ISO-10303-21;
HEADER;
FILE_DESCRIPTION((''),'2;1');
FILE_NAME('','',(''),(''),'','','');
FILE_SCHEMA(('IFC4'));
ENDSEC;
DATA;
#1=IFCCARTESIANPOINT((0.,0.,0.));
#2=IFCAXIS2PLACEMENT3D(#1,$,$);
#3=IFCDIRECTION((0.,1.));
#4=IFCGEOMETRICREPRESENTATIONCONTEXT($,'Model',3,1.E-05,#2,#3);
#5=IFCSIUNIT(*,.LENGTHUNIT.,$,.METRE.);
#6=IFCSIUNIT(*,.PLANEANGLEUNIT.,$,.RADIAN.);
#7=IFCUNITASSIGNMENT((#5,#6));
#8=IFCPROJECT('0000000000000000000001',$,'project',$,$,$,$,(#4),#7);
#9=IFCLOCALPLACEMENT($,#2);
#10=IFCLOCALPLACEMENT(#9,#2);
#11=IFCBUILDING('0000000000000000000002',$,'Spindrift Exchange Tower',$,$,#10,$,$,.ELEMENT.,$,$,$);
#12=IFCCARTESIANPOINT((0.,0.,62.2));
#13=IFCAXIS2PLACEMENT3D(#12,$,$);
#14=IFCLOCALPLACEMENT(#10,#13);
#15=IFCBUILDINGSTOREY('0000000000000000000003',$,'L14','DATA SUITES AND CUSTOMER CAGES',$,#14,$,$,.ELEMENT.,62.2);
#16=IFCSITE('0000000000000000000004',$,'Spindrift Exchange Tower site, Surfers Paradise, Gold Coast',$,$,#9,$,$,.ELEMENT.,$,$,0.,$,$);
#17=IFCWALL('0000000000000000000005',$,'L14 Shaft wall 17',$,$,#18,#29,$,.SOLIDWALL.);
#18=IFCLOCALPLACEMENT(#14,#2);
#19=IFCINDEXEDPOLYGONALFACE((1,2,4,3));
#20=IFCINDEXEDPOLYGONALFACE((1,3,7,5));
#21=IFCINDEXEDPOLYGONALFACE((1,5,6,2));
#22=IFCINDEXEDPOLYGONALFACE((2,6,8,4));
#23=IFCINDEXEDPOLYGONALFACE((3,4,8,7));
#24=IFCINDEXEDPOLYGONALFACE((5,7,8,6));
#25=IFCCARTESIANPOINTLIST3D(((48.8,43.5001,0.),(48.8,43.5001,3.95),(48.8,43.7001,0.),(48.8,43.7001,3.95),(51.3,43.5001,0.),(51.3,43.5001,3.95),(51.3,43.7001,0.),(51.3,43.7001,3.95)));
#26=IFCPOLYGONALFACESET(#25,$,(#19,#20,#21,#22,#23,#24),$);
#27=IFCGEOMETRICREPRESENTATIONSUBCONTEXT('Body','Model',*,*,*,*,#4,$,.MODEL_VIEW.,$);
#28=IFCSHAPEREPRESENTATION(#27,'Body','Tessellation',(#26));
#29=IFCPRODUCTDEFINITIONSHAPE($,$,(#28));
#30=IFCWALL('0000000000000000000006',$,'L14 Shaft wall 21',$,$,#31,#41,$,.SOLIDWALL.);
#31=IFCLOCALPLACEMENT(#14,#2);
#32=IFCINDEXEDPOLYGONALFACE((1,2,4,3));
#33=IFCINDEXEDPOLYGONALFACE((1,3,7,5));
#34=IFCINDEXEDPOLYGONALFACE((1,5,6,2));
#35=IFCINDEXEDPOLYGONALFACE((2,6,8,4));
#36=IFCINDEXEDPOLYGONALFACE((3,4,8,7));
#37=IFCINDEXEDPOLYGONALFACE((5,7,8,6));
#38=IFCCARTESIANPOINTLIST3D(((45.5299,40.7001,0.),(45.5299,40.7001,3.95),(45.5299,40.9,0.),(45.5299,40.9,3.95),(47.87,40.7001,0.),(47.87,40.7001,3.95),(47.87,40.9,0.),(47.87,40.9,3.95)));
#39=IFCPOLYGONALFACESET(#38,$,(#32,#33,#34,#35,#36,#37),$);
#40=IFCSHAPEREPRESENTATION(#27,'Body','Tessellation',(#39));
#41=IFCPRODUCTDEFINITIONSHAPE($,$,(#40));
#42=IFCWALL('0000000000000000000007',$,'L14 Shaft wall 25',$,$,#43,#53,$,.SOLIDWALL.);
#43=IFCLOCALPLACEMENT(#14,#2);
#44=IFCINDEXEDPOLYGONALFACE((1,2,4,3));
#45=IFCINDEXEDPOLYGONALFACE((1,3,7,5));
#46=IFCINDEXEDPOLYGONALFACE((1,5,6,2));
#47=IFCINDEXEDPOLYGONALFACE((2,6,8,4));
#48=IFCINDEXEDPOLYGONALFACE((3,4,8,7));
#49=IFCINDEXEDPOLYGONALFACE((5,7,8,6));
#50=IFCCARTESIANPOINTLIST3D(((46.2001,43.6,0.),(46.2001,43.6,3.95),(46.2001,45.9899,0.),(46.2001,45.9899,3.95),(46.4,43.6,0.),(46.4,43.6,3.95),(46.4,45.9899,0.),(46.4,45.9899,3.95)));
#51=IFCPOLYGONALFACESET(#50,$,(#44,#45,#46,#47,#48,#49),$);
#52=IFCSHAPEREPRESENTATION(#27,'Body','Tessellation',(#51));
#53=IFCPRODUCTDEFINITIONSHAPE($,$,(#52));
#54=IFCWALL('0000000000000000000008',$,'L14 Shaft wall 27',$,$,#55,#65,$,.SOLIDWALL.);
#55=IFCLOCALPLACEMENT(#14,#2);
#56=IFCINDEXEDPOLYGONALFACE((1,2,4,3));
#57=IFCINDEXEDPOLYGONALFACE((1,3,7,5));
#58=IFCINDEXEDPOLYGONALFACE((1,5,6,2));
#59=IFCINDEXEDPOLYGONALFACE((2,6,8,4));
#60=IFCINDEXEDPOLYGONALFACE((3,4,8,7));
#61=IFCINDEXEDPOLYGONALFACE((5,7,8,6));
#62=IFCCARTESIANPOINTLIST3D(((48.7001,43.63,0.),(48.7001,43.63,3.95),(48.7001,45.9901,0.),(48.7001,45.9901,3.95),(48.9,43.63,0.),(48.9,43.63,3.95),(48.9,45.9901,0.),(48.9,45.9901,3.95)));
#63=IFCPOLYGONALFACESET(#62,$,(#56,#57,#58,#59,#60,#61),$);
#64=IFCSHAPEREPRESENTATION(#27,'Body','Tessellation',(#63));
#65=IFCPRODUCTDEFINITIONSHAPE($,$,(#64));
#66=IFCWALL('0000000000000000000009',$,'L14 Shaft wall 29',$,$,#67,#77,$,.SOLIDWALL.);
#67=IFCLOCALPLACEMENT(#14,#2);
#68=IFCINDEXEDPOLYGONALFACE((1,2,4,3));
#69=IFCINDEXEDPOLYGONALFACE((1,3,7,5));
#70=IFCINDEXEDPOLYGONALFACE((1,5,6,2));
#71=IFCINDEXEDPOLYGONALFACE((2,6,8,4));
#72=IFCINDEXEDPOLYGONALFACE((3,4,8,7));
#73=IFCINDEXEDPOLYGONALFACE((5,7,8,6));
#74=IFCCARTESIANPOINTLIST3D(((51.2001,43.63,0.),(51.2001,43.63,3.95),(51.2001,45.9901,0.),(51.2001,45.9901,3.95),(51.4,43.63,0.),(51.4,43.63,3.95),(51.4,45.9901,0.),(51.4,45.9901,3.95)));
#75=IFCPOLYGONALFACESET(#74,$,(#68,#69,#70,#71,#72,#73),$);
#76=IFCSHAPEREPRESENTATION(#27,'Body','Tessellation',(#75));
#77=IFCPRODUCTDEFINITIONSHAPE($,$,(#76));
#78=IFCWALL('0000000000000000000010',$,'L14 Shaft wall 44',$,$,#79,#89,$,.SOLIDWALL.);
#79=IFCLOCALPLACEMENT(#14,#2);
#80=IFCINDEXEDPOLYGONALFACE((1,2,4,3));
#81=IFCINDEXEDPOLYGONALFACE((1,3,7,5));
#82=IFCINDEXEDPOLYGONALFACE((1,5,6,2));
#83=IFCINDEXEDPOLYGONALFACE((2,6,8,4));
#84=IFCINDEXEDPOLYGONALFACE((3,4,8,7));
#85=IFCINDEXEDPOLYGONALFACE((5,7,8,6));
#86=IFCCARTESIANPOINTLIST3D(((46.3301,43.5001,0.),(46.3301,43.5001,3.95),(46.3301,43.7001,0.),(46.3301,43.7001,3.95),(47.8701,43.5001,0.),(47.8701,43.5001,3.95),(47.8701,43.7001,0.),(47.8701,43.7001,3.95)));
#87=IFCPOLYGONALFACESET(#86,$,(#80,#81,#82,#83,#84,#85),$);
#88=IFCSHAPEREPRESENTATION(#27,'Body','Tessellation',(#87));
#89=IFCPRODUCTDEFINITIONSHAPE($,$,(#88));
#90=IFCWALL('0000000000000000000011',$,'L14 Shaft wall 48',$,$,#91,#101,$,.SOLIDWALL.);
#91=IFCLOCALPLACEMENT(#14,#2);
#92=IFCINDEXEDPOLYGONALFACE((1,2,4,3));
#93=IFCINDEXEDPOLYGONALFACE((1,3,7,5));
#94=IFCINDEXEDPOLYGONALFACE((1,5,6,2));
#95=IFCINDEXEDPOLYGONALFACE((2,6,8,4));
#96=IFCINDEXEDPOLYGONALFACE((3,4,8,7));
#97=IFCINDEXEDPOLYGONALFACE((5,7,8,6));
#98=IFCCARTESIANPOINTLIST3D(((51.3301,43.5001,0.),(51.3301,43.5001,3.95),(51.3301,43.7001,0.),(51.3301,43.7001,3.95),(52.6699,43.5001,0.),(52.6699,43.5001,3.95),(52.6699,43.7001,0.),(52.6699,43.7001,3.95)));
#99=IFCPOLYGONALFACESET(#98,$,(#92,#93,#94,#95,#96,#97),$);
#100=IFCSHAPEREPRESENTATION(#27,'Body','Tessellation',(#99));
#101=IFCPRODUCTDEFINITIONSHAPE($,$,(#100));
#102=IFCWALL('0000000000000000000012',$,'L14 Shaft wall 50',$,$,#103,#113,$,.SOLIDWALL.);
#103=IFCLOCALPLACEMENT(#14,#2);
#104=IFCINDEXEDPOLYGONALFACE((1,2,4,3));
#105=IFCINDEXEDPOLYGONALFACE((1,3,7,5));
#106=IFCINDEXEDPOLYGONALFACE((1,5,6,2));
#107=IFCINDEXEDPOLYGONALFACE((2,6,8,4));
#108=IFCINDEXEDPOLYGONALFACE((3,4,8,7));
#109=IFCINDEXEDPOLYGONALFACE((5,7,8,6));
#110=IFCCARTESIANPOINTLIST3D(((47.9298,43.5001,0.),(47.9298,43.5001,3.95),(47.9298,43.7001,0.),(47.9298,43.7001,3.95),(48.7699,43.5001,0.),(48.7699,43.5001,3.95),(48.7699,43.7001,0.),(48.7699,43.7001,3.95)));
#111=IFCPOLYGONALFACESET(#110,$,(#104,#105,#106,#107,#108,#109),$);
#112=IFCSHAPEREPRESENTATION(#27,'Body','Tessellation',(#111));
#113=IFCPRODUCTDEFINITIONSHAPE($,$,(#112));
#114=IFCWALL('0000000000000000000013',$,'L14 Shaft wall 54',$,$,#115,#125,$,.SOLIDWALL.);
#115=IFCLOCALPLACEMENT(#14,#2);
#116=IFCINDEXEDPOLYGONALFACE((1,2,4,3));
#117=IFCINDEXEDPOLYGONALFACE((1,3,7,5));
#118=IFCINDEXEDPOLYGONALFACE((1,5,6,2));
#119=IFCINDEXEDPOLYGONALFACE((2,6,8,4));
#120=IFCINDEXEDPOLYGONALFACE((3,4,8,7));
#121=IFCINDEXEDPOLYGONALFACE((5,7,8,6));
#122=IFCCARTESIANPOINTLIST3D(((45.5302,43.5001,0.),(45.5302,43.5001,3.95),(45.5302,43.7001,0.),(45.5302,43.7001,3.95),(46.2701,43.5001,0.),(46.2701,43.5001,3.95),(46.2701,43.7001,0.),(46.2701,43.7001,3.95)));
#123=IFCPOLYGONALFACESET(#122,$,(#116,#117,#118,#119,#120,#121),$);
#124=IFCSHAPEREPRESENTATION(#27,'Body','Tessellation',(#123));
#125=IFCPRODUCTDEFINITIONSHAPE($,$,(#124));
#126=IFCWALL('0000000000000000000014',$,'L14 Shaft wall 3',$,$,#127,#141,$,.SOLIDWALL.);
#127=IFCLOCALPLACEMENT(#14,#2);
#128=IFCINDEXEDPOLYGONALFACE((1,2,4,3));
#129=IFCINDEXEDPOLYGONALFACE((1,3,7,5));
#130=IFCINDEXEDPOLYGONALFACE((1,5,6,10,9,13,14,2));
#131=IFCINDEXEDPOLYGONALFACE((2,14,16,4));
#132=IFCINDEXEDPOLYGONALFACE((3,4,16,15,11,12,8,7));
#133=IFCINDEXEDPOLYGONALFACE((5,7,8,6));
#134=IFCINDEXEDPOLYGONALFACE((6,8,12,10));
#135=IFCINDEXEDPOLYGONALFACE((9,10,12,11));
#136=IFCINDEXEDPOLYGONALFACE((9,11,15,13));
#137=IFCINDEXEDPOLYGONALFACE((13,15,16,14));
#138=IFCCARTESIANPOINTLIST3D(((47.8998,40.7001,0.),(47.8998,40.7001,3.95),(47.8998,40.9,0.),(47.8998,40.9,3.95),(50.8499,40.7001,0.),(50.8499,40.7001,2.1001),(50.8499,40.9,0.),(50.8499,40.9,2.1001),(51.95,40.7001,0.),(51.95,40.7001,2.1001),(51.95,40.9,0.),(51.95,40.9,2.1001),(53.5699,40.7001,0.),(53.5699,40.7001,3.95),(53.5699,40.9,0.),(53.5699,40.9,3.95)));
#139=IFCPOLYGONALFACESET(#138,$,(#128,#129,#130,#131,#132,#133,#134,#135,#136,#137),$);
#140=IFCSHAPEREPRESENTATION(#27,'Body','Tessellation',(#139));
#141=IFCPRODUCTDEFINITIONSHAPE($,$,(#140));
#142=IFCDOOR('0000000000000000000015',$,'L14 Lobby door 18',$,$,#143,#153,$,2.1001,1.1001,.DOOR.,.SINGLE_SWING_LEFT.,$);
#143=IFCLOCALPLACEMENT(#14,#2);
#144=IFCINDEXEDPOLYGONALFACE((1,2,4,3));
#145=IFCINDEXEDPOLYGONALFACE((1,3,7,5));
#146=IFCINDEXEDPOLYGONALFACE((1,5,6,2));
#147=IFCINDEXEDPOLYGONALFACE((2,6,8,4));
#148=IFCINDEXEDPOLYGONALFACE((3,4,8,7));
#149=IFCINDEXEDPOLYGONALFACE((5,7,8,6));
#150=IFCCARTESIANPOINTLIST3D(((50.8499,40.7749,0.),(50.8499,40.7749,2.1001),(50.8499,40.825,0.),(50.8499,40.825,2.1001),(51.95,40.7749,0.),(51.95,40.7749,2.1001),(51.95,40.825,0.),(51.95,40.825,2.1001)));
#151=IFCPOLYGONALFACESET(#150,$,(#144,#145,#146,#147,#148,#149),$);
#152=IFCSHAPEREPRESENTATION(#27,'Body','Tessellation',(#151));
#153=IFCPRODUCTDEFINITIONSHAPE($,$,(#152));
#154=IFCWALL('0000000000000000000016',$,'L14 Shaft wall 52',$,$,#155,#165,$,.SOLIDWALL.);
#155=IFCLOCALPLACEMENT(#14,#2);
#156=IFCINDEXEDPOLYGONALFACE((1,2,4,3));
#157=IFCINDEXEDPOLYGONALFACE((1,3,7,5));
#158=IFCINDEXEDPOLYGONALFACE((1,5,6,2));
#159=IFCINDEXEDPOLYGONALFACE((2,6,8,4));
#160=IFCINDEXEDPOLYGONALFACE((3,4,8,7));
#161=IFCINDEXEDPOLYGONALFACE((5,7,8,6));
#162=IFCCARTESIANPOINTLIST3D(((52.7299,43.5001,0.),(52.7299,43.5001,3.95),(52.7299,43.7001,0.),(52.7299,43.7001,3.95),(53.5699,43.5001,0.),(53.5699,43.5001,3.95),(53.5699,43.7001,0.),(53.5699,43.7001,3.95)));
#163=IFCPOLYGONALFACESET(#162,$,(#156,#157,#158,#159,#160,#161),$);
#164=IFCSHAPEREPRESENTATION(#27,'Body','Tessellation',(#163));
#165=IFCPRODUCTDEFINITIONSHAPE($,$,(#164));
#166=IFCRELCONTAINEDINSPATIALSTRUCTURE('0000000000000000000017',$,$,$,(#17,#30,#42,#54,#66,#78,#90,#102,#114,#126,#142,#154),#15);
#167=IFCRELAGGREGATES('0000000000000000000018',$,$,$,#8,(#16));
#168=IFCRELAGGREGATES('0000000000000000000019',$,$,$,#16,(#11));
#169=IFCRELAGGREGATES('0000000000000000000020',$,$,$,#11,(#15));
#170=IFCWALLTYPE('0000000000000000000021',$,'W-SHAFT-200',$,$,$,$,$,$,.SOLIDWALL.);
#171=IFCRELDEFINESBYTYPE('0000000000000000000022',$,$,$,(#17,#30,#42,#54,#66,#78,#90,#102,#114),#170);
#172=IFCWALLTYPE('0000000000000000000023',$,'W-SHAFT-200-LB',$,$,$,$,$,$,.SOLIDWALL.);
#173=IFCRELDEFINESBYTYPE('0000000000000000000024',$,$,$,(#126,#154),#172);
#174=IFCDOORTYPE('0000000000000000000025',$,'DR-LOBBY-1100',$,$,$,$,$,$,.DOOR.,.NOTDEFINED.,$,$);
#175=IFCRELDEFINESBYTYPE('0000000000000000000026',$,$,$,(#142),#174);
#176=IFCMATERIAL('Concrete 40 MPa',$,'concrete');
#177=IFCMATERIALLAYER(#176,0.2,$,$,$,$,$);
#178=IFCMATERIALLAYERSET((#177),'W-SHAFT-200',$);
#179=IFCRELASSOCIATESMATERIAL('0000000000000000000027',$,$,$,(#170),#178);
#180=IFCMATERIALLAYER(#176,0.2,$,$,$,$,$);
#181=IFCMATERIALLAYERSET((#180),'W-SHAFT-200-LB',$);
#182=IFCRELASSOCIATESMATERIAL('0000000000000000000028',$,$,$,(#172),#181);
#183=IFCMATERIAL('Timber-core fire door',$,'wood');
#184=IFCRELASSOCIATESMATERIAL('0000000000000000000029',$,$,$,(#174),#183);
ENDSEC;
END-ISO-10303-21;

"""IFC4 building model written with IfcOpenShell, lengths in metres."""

from ifc_helpers import new_model, si_unit, direction, frame, frame_2d, origin, place, context, subcontext, project, spatial, rectangle, extrude, source, transform, mapped, material, layer, layer_set, type_object, element, fill, save


model = new_model("IFC4")

# Units and contexts
model_context = context("Model", 3, precision=1e-05, world=origin(), true_north=direction((0.0, 1.0)))
body_context = subcontext(model_context, "Body", "Model", "MODEL_VIEW")
ifc_project = project(units=[si_unit("LENGTHUNIT", "METRE"), si_unit("PLANEANGLEUNIT", "RADIAN")], contexts=[model_context])

# Site, building, storey
site_placement = place(None, origin())
site = spatial("IfcSite", under=ifc_project, at=site_placement, Name="Spindrift Exchange Tower site, Surfers Paradise, Gold Coast", CompositionType="ELEMENT", RefElevation=0.0)
building_placement = place(site_placement, origin())
building = spatial("IfcBuilding", under=site, at=building_placement, Name="Spindrift Exchange Tower", CompositionType="ELEMENT")
storey_placement = place(building_placement, frame((0.0, 0.0, 62.2)))
storey = spatial("IfcBuildingStorey", under=building, at=storey_placement, Name="L14", Description="DATA SUITES AND CUSTOMER CAGES", CompositionType="ELEMENT", Elevation=62.2)

# Shared definitions
ifc_material_1 = material(Name="Concrete 40 MPa", Category="concrete")
ifc_layer_1 = layer(ifc_material_1, 0.2)
ifc_layer_set_1 = layer_set([ifc_layer_1], Name="W-SHAFT-200")
wall_type_1 = type_object("IfcWallType", Name="W-SHAFT-200", PredefinedType="SOLIDWALL", material=ifc_layer_set_1)

# Walls
wall_1_placement = place(storey_placement, frame((48.8, 43.6001, 0.0), z_axis=(0.0, 0.0, 1.0), x_axis=(1.0, 0.0, 0.0)))
element("IfcWall", 1, at=wall_1_placement, inside=storey, type_object=wall_type_1, Name="L14 Shaft wall 17", PredefinedType="SOLIDWALL", context=body_context, shape_type="SweptSolid", body=[
    extrude(rectangle(XDim=2.5, YDim=0.2, at=frame_2d((1.25, 0.0))), origin(), (0.0, 0.0, 1.0), 3.95),
])
wall_2_placement = place(storey_placement, frame((45.53, 40.8, 0.0), z_axis=(0.0, 0.0, 1.0), x_axis=(1.0, 0.0, 0.0)))
element("IfcWall", 2, at=wall_2_placement, inside=storey, type_object=wall_type_1, Name="L14 Shaft wall 21", PredefinedType="SOLIDWALL", context=body_context, shape_type="SweptSolid", body=[
    extrude(rectangle(XDim=2.3401, YDim=0.2, at=frame_2d((1.1699, 0.0))), origin(), (0.0, 0.0, 1.0), 3.95),
])
wall_3_placement = place(storey_placement, frame((46.3, 43.6001, 0.0), z_axis=(0.0, 0.0, 1.0), x_axis=(0.0, 1.0, 0.0)))
element("IfcWall", 3, at=wall_3_placement, inside=storey, type_object=wall_type_1, Name="L14 Shaft wall 25", PredefinedType="SOLIDWALL", context=body_context, shape_type="SweptSolid", body=[
    extrude(rectangle(XDim=2.3899, YDim=0.2, at=frame_2d((1.1948, 0.0))), origin(), (0.0, 0.0, 1.0), 3.95),
])
for number, where, z_axis, x_axis, name in (
    (4, (48.8, 43.6299, 0.0), (0.0, 0.0, 1.0), (0.0, 1.0, 0.0), "L14 Shaft wall 27"),
    (5, (51.3, 43.6299, 0.0), (0.0, 0.0, 1.0), (0.0, 1.0, 0.0), "L14 Shaft wall 29"),
):
    element("IfcWall", number, at=place(storey_placement, frame(where, z_axis=z_axis, x_axis=x_axis)), inside=storey, type_object=wall_type_1, Name=name, PredefinedType="SOLIDWALL", context=body_context, shape_type="SweptSolid", body=[
        extrude(rectangle(XDim=2.3601, YDim=0.2, at=frame_2d((1.1802, 0.0))), origin(), (0.0, 0.0, 1.0), 3.95),
    ])
wall_4_placement = place(storey_placement, frame((46.3301, 43.6001, 0.0), z_axis=(0.0, 0.0, 1.0), x_axis=(1.0, 0.0, 0.0)))
element("IfcWall", 6, at=wall_4_placement, inside=storey, type_object=wall_type_1, Name="L14 Shaft wall 44", PredefinedType="SOLIDWALL", context=body_context, shape_type="SweptSolid", body=[
    extrude(rectangle(XDim=1.54, YDim=0.2, at=frame_2d((0.77, 0.0))), origin(), (0.0, 0.0, 1.0), 3.95),
])
wall_5_placement = place(storey_placement, frame((52.6699, 43.6001, 0.0), z_axis=(0.0, 0.0, 1.0), x_axis=(-1.0, 0.0, 0.0)))
element("IfcWall", 7, at=wall_5_placement, inside=storey, type_object=wall_type_1, Name="L14 Shaft wall 48", PredefinedType="SOLIDWALL", context=body_context, shape_type="SweptSolid", body=[
    extrude(rectangle(XDim=1.3398, YDim=0.2, at=frame_2d((0.6699, 0.0))), origin(), (0.0, 0.0, 1.0), 3.95),
])
wall_6_placement = place(storey_placement, frame((47.9299, 43.6001, 0.0), z_axis=(0.0, 0.0, 1.0), x_axis=(1.0, 0.0, 0.0)))
element("IfcWall", 8, at=wall_6_placement, inside=storey, type_object=wall_type_1, Name="L14 Shaft wall 50", PredefinedType="SOLIDWALL", context=body_context, shape_type="SweptSolid", body=[
    extrude(rectangle(XDim=0.8401, YDim=0.2, at=frame_2d((0.4199, 0.0))), origin(), (0.0, 0.0, 1.0), 3.95),
])
wall_7_placement = place(storey_placement, frame((45.53, 43.6001, 0.0), z_axis=(0.0, 0.0, 1.0), x_axis=(1.0, 0.0, 0.0)))
element("IfcWall", 9, at=wall_7_placement, inside=storey, type_object=wall_type_1, Name="L14 Shaft wall 54", PredefinedType="SOLIDWALL", context=body_context, shape_type="SweptSolid", body=[
    extrude(rectangle(XDim=0.74, YDim=0.2, at=frame_2d((0.3701, 0.0))), origin(), (0.0, 0.0, 1.0), 3.95),
])

# Wall, opening, door
ifc_layer_2 = layer(ifc_material_1, 0.2)
ifc_layer_set_2 = layer_set([ifc_layer_2], Name="W-SHAFT-200-LB")
wall_type_2 = type_object("IfcWallType", Name="W-SHAFT-200-LB", PredefinedType="SOLIDWALL", material=ifc_layer_set_2)
wall_8_placement = place(storey_placement, frame((47.8999, 40.8, 0.0), z_axis=(0.0, 0.0, 1.0), x_axis=(1.0, 0.0, 0.0)))
wall_8 = element("IfcWall", 10, at=wall_8_placement, inside=storey, type_object=wall_type_2, Name="L14 Shaft wall 3", PredefinedType="SOLIDWALL", context=body_context, shape_type="SweptSolid", body=[
    extrude(rectangle(XDim=5.6702, YDim=0.2, at=frame_2d((2.835, 0.0))), origin(), (0.0, 0.0, 1.0), 3.95),
])
opening_1_placement = place(wall_8_placement, frame((2.95, 0.0, 0.0)))
opening_1 = element("IfcOpeningElement", 11, at=opening_1_placement, cuts=wall_8, PredefinedType="OPENING", context=body_context, shape_type="SweptSolid", body=[
    extrude(rectangle(XDim=1.1001, YDim=2.1001, at=frame_2d((0.55, 1.05))), frame((0.0, 0.1099, 0.0), z_axis=(0.0, -1.0, 0.0), x_axis=(1.0, 0.0, 0.0)), (0.0, 0.0, 1.0), 0.22),
])
ifc_material_2 = material(Name="Timber-core fire door", Category="wood")
door_type_1 = type_object("IfcDoorType", Name="DR-LOBBY-1100", OperationType="NOTDEFINED", PredefinedType="DOOR", material=ifc_material_2)
shared_shape_1 = source(origin(), body_context, "Body", "SweptSolid", [
    extrude(rectangle(XDim=1.1001, YDim=2.1001, at=frame_2d((0.55, 1.05))), frame((0.0, 0.0249, 0.0), z_axis=(0.0, -1.0, 0.0), x_axis=(1.0, 0.0, 0.0)), (0.0, 0.0, 1.0), 0.05),
])
door_1_placement = place(opening_1_placement, origin())
door_1 = element("IfcDoor", 12, at=door_1_placement, inside=storey, type_object=door_type_1, Name="L14 Lobby door 18", OperationType="SINGLE_SWING_LEFT", OverallHeight=2.1001, OverallWidth=1.1001, PredefinedType="DOOR", context=body_context, shape_type="MappedRepresentation", body=[
    mapped(shared_shape_1, transform((0.0, 0.0, 0.0), scale=1.0)),
])
fill(opening_1, door_1)

# Wall
wall_9_placement = place(storey_placement, frame((52.73, 43.6001, 0.0), z_axis=(0.0, 0.0, 1.0), x_axis=(1.0, 0.0, 0.0)))
element("IfcWall", 13, at=wall_9_placement, inside=storey, type_object=wall_type_2, Name="L14 Shaft wall 52", PredefinedType="SOLIDWALL", context=body_context, shape_type="SweptSolid", body=[
    extrude(rectangle(XDim=0.8401, YDim=0.2, at=frame_2d((0.4199, 0.0))), origin(), (0.0, 0.0, 1.0), 3.95),
])

save(model, "model.ifc")
